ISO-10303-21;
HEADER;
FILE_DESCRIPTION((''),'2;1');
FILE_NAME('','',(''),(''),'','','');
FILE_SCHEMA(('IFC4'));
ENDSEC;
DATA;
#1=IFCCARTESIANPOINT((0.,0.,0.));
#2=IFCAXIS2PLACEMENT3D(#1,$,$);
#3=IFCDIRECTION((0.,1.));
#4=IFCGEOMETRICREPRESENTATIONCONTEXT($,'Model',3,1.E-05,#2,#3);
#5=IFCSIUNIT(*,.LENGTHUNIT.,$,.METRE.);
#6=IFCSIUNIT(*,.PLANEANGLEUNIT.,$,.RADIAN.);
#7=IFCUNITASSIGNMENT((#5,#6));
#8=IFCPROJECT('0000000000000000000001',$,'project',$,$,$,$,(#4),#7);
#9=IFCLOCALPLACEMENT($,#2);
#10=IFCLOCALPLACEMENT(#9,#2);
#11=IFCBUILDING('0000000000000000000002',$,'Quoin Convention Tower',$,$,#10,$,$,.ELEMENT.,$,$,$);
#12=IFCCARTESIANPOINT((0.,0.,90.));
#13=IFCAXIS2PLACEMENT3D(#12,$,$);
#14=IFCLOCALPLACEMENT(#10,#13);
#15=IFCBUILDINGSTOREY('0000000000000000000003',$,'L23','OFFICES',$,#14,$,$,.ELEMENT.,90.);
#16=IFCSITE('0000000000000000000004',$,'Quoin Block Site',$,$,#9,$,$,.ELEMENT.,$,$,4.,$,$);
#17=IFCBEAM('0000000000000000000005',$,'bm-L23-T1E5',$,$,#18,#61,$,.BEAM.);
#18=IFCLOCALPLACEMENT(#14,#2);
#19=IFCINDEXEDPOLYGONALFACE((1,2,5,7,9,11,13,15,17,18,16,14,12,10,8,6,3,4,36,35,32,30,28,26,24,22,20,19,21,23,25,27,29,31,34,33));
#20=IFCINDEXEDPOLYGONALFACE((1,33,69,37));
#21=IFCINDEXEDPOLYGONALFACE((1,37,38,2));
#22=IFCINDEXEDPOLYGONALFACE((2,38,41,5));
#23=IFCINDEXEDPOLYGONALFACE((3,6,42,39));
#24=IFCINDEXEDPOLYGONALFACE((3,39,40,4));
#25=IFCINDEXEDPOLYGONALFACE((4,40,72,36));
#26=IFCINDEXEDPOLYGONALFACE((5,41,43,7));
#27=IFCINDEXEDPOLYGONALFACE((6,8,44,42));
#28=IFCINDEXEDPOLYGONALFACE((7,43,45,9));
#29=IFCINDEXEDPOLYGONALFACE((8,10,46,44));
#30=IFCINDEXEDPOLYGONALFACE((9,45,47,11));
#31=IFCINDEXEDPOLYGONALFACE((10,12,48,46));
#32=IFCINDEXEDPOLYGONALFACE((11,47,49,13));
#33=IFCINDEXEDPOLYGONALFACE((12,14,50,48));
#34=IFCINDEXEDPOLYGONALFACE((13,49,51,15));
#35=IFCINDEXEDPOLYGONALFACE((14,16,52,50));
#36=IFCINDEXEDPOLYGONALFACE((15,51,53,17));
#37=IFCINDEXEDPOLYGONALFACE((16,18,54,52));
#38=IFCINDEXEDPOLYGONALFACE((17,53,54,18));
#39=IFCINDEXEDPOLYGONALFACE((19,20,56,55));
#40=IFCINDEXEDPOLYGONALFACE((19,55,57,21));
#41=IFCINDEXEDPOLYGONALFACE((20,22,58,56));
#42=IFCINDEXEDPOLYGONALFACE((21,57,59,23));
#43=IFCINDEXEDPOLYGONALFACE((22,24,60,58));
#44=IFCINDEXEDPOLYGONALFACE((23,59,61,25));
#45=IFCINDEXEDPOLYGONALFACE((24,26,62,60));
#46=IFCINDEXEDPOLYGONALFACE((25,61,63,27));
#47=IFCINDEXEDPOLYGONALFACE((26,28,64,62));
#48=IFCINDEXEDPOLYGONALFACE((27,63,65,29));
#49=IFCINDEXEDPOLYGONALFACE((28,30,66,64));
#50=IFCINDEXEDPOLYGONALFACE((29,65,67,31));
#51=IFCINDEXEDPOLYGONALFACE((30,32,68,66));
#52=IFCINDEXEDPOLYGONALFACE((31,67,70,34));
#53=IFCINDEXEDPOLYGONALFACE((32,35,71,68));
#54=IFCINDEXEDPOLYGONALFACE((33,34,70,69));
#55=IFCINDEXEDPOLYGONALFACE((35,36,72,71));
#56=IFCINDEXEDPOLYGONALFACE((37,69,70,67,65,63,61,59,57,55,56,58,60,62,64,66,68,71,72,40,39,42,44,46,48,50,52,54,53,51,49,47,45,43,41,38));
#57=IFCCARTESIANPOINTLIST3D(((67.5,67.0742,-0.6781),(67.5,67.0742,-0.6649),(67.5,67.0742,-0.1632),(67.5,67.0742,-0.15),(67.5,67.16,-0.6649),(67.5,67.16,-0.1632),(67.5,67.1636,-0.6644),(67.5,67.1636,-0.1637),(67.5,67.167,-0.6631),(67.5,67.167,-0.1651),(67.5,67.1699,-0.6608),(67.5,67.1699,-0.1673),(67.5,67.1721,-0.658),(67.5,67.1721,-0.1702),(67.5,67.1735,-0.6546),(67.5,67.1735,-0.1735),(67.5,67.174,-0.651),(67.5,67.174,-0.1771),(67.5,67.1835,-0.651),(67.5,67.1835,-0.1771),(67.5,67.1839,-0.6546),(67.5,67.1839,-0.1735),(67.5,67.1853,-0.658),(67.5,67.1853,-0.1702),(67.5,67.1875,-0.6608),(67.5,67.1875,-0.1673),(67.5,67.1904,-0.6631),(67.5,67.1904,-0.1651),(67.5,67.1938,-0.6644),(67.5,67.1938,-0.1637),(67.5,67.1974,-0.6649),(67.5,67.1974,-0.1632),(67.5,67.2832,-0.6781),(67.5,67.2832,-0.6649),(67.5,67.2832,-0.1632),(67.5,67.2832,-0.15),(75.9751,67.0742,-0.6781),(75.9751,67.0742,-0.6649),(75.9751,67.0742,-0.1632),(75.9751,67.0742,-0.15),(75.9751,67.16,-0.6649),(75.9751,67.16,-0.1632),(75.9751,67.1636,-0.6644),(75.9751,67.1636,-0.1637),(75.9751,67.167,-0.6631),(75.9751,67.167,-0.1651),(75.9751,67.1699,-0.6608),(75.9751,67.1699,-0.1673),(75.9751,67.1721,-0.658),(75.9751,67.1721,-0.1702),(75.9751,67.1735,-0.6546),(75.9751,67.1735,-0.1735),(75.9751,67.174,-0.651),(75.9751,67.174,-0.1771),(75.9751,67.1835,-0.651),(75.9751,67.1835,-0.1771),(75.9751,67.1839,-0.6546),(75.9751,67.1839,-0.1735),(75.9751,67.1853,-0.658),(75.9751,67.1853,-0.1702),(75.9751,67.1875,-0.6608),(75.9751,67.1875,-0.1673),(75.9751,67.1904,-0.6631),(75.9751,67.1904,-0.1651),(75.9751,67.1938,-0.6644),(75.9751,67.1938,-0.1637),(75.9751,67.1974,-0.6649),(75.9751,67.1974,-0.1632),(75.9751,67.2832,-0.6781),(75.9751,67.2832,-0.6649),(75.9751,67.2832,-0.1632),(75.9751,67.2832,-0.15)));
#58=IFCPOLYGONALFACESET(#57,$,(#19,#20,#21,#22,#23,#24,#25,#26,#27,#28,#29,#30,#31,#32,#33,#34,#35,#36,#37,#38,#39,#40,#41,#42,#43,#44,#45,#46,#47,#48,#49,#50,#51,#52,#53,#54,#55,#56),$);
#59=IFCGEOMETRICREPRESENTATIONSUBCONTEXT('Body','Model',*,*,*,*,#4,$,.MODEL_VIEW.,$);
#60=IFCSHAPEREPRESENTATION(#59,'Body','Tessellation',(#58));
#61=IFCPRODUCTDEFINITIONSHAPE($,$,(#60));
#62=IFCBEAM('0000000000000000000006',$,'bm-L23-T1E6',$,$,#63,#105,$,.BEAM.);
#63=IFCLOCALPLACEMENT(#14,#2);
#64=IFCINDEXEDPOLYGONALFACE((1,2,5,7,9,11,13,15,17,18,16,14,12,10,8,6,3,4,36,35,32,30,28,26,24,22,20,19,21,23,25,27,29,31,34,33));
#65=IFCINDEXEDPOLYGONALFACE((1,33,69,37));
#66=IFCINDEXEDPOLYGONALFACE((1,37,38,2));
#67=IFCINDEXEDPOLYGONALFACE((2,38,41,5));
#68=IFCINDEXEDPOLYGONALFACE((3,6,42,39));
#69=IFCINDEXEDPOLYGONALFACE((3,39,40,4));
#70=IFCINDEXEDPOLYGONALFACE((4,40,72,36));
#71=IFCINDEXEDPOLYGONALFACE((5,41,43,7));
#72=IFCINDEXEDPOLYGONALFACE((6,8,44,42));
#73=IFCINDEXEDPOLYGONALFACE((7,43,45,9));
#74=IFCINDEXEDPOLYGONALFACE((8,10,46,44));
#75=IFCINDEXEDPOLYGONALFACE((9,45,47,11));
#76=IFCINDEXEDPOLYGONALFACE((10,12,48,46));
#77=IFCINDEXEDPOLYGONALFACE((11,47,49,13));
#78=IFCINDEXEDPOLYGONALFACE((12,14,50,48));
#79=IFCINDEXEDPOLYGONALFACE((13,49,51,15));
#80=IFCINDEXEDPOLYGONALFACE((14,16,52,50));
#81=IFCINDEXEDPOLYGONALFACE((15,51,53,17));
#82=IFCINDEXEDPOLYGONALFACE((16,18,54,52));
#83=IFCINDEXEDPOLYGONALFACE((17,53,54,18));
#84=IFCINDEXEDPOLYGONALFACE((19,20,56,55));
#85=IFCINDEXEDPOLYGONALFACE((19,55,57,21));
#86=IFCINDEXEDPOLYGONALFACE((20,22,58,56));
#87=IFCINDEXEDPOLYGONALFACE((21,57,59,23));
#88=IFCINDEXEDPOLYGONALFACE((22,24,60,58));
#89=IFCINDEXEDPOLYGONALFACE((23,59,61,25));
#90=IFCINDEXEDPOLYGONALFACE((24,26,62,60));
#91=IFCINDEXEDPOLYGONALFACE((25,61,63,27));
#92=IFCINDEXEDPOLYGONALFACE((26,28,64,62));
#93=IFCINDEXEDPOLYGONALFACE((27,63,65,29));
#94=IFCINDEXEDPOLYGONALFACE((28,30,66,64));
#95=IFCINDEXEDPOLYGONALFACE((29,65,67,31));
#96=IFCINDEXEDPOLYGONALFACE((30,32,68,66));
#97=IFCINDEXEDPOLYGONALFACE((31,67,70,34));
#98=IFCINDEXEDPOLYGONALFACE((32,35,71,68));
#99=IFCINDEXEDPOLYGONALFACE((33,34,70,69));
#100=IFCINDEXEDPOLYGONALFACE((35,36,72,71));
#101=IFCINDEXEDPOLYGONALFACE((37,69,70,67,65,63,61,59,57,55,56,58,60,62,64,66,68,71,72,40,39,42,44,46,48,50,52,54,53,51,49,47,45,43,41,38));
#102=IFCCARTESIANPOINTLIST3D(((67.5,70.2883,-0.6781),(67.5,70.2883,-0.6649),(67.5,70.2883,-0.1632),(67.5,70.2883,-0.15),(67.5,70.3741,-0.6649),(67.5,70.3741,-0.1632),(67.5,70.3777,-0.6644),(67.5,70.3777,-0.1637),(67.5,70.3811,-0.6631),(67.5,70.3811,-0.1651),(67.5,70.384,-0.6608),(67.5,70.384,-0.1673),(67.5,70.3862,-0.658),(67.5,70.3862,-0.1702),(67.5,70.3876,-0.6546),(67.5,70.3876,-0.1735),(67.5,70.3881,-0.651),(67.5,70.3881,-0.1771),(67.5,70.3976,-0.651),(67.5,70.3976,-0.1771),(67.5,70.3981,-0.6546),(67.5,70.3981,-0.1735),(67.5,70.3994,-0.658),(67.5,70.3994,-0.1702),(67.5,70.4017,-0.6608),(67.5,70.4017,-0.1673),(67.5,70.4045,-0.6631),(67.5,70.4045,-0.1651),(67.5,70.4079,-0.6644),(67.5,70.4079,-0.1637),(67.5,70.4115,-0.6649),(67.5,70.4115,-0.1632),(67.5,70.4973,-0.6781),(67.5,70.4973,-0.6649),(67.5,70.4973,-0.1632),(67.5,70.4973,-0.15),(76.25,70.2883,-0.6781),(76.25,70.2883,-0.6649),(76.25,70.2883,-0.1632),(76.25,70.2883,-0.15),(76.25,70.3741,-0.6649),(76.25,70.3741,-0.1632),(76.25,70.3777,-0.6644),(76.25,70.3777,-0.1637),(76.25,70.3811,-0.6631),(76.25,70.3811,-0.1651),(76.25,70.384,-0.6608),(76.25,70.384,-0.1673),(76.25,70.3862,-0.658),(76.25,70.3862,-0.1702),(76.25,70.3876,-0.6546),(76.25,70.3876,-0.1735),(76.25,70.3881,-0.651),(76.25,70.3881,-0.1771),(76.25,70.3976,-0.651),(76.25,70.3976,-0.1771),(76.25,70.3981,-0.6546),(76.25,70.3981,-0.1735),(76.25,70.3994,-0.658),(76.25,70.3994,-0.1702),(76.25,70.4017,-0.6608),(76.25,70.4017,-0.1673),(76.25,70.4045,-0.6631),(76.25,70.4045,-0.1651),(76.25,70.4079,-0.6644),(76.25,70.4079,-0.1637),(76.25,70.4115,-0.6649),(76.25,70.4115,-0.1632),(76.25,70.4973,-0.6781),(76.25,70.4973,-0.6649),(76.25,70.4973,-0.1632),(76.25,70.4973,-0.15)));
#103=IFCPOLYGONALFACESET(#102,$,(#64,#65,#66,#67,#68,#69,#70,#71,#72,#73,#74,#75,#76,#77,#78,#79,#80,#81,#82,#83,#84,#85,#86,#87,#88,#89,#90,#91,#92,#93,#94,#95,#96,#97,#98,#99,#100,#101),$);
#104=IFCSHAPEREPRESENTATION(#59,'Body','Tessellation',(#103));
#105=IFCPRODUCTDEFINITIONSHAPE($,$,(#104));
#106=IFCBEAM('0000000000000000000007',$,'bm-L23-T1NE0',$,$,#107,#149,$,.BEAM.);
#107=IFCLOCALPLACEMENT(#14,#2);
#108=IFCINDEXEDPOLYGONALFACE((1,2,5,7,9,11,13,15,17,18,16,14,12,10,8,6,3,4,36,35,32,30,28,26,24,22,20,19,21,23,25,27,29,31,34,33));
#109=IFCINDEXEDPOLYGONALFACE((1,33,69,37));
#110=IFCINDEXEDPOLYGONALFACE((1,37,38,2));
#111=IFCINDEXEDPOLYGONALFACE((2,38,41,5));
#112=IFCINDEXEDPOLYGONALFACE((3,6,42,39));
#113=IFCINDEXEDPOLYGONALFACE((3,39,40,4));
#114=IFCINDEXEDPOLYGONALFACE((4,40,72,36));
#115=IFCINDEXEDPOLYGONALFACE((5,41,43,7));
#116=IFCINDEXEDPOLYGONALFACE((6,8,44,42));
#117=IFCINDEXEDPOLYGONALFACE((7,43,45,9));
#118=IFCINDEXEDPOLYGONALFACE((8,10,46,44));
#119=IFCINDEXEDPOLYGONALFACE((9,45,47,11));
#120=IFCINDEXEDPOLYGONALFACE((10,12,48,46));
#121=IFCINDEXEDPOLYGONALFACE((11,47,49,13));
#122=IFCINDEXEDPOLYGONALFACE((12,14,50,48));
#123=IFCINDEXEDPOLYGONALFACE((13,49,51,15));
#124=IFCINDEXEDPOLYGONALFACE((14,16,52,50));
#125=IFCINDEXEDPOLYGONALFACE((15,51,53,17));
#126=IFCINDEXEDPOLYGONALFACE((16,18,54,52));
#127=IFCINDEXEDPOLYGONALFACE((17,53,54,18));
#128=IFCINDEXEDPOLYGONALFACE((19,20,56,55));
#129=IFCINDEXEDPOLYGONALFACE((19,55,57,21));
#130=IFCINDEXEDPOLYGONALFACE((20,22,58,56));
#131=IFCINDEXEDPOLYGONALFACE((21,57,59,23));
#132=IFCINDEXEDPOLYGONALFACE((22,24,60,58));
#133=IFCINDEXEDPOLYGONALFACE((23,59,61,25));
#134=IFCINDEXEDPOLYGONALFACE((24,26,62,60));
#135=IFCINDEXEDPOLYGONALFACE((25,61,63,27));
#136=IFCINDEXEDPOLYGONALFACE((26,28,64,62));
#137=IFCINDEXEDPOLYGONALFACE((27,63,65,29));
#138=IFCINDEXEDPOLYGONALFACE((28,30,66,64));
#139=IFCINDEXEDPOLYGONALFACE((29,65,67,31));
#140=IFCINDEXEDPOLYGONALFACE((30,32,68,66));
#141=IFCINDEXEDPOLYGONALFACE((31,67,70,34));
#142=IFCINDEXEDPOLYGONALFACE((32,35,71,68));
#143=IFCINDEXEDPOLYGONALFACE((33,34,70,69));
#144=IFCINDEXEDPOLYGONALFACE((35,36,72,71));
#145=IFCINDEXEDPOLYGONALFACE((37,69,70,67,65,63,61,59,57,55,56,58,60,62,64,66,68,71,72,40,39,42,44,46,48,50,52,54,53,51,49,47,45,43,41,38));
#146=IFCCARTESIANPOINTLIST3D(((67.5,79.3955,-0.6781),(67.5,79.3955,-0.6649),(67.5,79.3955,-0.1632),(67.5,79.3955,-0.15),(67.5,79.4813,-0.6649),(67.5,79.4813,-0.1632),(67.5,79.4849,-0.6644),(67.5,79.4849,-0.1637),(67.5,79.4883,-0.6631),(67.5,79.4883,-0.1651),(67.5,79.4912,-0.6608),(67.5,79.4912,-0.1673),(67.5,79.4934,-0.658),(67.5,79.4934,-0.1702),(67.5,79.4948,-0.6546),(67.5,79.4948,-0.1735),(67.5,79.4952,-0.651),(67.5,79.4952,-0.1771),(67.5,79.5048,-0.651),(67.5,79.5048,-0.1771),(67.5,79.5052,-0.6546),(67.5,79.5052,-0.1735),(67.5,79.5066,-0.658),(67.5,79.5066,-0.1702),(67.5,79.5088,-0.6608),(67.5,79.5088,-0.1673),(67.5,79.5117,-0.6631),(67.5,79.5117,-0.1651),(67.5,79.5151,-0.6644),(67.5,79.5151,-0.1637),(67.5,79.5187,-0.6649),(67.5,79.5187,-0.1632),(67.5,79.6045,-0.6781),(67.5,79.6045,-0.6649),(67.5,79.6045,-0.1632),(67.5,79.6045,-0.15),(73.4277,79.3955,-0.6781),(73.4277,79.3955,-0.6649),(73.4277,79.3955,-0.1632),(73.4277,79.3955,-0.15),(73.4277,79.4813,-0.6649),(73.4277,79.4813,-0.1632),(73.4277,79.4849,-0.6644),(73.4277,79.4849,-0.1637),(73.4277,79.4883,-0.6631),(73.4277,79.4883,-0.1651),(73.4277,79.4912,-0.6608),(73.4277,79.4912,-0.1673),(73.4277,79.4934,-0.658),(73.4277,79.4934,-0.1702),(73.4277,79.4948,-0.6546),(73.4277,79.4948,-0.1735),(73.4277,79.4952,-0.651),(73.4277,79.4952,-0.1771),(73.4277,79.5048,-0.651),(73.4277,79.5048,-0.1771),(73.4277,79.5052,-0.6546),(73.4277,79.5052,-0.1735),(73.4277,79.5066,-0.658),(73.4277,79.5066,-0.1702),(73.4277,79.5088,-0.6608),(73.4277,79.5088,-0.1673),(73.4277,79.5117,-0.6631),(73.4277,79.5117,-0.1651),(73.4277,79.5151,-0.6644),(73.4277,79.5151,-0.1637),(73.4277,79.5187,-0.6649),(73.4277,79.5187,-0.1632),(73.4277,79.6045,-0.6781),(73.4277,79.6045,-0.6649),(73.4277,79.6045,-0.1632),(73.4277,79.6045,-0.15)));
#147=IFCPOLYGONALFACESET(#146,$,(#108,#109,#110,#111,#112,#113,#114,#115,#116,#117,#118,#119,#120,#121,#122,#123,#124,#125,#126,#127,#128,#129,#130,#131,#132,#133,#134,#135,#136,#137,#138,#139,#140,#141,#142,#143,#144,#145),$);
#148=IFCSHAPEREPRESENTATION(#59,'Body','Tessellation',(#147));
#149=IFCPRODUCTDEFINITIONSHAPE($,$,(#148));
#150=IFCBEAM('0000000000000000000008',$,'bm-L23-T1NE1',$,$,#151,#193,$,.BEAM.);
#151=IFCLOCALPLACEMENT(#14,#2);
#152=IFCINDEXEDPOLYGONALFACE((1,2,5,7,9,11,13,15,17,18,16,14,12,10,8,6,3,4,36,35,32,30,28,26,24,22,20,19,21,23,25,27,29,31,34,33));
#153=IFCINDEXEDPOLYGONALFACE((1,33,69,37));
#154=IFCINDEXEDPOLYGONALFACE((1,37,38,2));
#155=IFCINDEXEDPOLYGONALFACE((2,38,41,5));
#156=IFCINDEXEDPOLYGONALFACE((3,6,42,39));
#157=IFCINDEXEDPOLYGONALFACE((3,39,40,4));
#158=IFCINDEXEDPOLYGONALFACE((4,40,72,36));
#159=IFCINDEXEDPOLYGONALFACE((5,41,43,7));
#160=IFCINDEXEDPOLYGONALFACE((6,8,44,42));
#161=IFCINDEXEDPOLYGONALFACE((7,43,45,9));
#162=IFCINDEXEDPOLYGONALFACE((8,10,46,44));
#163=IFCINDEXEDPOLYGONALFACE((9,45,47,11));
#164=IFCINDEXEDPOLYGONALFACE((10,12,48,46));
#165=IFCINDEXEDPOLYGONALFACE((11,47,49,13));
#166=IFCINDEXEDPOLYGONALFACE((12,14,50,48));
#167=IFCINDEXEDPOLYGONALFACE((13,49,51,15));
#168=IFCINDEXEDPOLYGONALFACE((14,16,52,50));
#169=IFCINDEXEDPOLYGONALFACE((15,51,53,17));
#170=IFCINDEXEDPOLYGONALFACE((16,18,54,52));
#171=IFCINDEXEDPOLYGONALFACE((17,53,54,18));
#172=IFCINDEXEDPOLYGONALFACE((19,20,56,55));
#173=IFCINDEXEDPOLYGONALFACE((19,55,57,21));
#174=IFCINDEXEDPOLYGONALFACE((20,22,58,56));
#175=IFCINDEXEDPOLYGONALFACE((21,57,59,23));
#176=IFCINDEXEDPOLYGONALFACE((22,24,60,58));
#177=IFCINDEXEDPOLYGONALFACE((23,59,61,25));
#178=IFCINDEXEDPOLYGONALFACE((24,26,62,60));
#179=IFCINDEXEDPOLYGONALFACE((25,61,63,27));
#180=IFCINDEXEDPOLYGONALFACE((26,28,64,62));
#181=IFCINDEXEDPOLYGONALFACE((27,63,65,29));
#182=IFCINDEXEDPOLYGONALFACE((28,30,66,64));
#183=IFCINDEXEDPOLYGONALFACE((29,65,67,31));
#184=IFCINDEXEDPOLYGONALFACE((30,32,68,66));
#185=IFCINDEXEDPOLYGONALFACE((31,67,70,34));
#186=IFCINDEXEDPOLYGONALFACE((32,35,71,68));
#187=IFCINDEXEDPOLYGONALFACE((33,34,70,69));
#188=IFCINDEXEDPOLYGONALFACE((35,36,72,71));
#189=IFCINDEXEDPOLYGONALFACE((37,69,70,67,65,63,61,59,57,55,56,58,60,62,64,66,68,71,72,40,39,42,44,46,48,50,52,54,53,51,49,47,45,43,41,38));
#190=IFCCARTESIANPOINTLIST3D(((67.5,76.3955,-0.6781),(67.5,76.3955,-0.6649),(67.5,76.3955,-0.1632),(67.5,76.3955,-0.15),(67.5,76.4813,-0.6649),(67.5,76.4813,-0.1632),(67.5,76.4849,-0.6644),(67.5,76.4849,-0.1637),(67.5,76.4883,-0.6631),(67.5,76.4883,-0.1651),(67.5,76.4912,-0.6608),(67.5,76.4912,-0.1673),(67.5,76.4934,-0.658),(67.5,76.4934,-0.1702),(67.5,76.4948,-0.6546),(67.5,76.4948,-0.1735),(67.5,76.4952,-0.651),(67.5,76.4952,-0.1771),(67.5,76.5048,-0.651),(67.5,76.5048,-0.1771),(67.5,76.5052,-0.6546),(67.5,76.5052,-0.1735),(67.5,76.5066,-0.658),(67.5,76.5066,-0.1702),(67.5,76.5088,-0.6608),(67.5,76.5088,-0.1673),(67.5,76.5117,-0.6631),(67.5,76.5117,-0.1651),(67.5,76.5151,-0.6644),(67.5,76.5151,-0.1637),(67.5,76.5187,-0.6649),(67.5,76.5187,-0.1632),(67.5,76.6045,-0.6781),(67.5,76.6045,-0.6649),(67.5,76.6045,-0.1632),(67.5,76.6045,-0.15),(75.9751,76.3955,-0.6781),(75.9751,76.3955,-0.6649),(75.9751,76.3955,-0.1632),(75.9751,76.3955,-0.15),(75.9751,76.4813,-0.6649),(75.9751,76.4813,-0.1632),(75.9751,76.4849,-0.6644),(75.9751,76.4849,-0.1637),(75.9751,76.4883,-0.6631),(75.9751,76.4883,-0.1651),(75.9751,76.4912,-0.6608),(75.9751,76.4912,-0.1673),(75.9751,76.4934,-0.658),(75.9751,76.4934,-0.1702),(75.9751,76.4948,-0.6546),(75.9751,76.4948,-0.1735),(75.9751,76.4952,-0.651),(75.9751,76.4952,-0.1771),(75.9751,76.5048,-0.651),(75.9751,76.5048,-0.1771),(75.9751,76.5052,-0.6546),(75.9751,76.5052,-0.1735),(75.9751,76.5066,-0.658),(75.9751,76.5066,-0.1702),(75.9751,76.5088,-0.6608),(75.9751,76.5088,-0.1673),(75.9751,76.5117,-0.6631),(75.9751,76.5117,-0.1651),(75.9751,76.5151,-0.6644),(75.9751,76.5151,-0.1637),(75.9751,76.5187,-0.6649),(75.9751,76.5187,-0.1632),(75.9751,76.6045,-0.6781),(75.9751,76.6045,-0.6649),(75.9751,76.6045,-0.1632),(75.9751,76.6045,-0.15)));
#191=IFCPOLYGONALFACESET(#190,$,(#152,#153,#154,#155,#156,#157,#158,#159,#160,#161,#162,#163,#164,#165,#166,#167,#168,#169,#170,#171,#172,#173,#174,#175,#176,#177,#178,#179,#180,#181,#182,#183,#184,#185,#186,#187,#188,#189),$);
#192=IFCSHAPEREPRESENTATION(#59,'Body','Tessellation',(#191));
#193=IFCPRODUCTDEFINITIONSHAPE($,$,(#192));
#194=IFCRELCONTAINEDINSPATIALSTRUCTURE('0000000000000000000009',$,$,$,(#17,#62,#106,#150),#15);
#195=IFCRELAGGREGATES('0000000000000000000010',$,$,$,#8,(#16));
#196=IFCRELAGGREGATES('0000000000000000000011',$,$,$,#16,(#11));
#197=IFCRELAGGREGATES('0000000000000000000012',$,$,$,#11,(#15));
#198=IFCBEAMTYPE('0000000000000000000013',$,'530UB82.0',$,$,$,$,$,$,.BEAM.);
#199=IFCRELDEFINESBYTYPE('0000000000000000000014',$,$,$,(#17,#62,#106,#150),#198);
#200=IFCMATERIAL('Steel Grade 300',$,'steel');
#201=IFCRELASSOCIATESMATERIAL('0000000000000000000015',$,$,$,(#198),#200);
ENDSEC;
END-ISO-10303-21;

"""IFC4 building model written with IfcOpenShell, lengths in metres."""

from ifc_helpers import new_model, si_unit, direction, frame, origin, origin_2d, place, context, subcontext, project, spatial, i_section, extrude, material, material_profile, profile_set, type_object, element, save


model = new_model("IFC4")

# Units and contexts
model_context = context("Model", 3, precision=1e-05, world=origin(), true_north=direction((0.0, 1.0)))
body_context = subcontext(model_context, "Body", "Model", "MODEL_VIEW")
ifc_project = project(units=[si_unit("LENGTHUNIT", "METRE"), si_unit("PLANEANGLEUNIT", "RADIAN")], contexts=[model_context])

# Site, building, storey
site_placement = place(None, origin())
site = spatial("IfcSite", under=ifc_project, at=site_placement, Name="Quoin Block Site", CompositionType="ELEMENT", RefElevation=4.0)
building_placement = place(site_placement, origin())
building = spatial("IfcBuilding", under=site, at=building_placement, Name="Quoin Convention Tower", CompositionType="ELEMENT")
storey_placement = place(building_placement, frame((0.0, 0.0, 90.0)))
storey = spatial("IfcBuildingStorey", under=building, at=storey_placement, Name="L23", Description="OFFICES", CompositionType="ELEMENT", Elevation=90.0)

# Beams
ifc_material_1 = material(Name="Steel Grade 300", Category="steel")
ifc_material_profile_1 = material_profile(ifc_material_1, i_section(OverallWidth=0.209, OverallDepth=0.5281, WebThickness=0.0095, FlangeThickness=0.0132, FilletRadius=0.0139, at=origin_2d()), Name="530UB82.0")
ifc_profile_set_1 = profile_set([ifc_material_profile_1], Name="Steel Grade 300")
beam_type_1 = type_object("IfcBeamType", Name="530UB82.0", PredefinedType="BEAM", material=ifc_profile_set_1)
beam_1_placement = place(storey_placement, frame((67.5, 67.1787, -0.4141), z_axis=(1.0, 0.0, 0.0), x_axis=(0.0, 1.0, 0.0)))
element("IfcBeam", 1, at=beam_1_placement, inside=storey, type_object=beam_type_1, Name="bm-L23-T1E5", PredefinedType="BEAM", context=body_context, shape_type="SweptSolid", body=[
    extrude(i_section(OverallWidth=0.209, OverallDepth=0.5281, WebThickness=0.0095, FlangeThickness=0.0132, FilletRadius=0.0139, at=origin_2d()), origin(), (0.0, 0.0, 1.0), 8.4751),
])
beam_2_placement = place(storey_placement, frame((67.5, 70.3928, -0.4141), z_axis=(1.0, 0.0, 0.0), x_axis=(0.0, 1.0, 0.0)))
element("IfcBeam", 2, at=beam_2_placement, inside=storey, type_object=beam_type_1, Name="bm-L23-T1E6", PredefinedType="BEAM", context=body_context, shape_type="SweptSolid", body=[
    extrude(i_section(OverallWidth=0.209, OverallDepth=0.5281, WebThickness=0.0095, FlangeThickness=0.0132, FilletRadius=0.0139, at=origin_2d()), origin(), (0.0, 0.0, 1.0), 8.75),
])
beam_3_placement = place(storey_placement, frame((67.5, 79.5, -0.4141), z_axis=(1.0, 0.0, 0.0), x_axis=(0.0, 1.0, 0.0)))
element("IfcBeam", 3, at=beam_3_placement, inside=storey, type_object=beam_type_1, Name="bm-L23-T1NE0", PredefinedType="BEAM", context=body_context, shape_type="SweptSolid", body=[
    extrude(i_section(OverallWidth=0.209, OverallDepth=0.5281, WebThickness=0.0095, FlangeThickness=0.0132, FilletRadius=0.0139, at=origin_2d()), origin(), (0.0, 0.0, 1.0), 5.9277),
])
beam_4_placement = place(storey_placement, frame((67.5, 76.5, -0.4141), z_axis=(1.0, 0.0, 0.0), x_axis=(0.0, 1.0, 0.0)))
element("IfcBeam", 4, at=beam_4_placement, inside=storey, type_object=beam_type_1, Name="bm-L23-T1NE1", PredefinedType="BEAM", context=body_context, shape_type="SweptSolid", body=[
    extrude(i_section(OverallWidth=0.209, OverallDepth=0.5281, WebThickness=0.0095, FlangeThickness=0.0132, FilletRadius=0.0139, at=origin_2d()), origin(), (0.0, 0.0, 1.0), 8.4751),
])

save(model, "model.ifc")
